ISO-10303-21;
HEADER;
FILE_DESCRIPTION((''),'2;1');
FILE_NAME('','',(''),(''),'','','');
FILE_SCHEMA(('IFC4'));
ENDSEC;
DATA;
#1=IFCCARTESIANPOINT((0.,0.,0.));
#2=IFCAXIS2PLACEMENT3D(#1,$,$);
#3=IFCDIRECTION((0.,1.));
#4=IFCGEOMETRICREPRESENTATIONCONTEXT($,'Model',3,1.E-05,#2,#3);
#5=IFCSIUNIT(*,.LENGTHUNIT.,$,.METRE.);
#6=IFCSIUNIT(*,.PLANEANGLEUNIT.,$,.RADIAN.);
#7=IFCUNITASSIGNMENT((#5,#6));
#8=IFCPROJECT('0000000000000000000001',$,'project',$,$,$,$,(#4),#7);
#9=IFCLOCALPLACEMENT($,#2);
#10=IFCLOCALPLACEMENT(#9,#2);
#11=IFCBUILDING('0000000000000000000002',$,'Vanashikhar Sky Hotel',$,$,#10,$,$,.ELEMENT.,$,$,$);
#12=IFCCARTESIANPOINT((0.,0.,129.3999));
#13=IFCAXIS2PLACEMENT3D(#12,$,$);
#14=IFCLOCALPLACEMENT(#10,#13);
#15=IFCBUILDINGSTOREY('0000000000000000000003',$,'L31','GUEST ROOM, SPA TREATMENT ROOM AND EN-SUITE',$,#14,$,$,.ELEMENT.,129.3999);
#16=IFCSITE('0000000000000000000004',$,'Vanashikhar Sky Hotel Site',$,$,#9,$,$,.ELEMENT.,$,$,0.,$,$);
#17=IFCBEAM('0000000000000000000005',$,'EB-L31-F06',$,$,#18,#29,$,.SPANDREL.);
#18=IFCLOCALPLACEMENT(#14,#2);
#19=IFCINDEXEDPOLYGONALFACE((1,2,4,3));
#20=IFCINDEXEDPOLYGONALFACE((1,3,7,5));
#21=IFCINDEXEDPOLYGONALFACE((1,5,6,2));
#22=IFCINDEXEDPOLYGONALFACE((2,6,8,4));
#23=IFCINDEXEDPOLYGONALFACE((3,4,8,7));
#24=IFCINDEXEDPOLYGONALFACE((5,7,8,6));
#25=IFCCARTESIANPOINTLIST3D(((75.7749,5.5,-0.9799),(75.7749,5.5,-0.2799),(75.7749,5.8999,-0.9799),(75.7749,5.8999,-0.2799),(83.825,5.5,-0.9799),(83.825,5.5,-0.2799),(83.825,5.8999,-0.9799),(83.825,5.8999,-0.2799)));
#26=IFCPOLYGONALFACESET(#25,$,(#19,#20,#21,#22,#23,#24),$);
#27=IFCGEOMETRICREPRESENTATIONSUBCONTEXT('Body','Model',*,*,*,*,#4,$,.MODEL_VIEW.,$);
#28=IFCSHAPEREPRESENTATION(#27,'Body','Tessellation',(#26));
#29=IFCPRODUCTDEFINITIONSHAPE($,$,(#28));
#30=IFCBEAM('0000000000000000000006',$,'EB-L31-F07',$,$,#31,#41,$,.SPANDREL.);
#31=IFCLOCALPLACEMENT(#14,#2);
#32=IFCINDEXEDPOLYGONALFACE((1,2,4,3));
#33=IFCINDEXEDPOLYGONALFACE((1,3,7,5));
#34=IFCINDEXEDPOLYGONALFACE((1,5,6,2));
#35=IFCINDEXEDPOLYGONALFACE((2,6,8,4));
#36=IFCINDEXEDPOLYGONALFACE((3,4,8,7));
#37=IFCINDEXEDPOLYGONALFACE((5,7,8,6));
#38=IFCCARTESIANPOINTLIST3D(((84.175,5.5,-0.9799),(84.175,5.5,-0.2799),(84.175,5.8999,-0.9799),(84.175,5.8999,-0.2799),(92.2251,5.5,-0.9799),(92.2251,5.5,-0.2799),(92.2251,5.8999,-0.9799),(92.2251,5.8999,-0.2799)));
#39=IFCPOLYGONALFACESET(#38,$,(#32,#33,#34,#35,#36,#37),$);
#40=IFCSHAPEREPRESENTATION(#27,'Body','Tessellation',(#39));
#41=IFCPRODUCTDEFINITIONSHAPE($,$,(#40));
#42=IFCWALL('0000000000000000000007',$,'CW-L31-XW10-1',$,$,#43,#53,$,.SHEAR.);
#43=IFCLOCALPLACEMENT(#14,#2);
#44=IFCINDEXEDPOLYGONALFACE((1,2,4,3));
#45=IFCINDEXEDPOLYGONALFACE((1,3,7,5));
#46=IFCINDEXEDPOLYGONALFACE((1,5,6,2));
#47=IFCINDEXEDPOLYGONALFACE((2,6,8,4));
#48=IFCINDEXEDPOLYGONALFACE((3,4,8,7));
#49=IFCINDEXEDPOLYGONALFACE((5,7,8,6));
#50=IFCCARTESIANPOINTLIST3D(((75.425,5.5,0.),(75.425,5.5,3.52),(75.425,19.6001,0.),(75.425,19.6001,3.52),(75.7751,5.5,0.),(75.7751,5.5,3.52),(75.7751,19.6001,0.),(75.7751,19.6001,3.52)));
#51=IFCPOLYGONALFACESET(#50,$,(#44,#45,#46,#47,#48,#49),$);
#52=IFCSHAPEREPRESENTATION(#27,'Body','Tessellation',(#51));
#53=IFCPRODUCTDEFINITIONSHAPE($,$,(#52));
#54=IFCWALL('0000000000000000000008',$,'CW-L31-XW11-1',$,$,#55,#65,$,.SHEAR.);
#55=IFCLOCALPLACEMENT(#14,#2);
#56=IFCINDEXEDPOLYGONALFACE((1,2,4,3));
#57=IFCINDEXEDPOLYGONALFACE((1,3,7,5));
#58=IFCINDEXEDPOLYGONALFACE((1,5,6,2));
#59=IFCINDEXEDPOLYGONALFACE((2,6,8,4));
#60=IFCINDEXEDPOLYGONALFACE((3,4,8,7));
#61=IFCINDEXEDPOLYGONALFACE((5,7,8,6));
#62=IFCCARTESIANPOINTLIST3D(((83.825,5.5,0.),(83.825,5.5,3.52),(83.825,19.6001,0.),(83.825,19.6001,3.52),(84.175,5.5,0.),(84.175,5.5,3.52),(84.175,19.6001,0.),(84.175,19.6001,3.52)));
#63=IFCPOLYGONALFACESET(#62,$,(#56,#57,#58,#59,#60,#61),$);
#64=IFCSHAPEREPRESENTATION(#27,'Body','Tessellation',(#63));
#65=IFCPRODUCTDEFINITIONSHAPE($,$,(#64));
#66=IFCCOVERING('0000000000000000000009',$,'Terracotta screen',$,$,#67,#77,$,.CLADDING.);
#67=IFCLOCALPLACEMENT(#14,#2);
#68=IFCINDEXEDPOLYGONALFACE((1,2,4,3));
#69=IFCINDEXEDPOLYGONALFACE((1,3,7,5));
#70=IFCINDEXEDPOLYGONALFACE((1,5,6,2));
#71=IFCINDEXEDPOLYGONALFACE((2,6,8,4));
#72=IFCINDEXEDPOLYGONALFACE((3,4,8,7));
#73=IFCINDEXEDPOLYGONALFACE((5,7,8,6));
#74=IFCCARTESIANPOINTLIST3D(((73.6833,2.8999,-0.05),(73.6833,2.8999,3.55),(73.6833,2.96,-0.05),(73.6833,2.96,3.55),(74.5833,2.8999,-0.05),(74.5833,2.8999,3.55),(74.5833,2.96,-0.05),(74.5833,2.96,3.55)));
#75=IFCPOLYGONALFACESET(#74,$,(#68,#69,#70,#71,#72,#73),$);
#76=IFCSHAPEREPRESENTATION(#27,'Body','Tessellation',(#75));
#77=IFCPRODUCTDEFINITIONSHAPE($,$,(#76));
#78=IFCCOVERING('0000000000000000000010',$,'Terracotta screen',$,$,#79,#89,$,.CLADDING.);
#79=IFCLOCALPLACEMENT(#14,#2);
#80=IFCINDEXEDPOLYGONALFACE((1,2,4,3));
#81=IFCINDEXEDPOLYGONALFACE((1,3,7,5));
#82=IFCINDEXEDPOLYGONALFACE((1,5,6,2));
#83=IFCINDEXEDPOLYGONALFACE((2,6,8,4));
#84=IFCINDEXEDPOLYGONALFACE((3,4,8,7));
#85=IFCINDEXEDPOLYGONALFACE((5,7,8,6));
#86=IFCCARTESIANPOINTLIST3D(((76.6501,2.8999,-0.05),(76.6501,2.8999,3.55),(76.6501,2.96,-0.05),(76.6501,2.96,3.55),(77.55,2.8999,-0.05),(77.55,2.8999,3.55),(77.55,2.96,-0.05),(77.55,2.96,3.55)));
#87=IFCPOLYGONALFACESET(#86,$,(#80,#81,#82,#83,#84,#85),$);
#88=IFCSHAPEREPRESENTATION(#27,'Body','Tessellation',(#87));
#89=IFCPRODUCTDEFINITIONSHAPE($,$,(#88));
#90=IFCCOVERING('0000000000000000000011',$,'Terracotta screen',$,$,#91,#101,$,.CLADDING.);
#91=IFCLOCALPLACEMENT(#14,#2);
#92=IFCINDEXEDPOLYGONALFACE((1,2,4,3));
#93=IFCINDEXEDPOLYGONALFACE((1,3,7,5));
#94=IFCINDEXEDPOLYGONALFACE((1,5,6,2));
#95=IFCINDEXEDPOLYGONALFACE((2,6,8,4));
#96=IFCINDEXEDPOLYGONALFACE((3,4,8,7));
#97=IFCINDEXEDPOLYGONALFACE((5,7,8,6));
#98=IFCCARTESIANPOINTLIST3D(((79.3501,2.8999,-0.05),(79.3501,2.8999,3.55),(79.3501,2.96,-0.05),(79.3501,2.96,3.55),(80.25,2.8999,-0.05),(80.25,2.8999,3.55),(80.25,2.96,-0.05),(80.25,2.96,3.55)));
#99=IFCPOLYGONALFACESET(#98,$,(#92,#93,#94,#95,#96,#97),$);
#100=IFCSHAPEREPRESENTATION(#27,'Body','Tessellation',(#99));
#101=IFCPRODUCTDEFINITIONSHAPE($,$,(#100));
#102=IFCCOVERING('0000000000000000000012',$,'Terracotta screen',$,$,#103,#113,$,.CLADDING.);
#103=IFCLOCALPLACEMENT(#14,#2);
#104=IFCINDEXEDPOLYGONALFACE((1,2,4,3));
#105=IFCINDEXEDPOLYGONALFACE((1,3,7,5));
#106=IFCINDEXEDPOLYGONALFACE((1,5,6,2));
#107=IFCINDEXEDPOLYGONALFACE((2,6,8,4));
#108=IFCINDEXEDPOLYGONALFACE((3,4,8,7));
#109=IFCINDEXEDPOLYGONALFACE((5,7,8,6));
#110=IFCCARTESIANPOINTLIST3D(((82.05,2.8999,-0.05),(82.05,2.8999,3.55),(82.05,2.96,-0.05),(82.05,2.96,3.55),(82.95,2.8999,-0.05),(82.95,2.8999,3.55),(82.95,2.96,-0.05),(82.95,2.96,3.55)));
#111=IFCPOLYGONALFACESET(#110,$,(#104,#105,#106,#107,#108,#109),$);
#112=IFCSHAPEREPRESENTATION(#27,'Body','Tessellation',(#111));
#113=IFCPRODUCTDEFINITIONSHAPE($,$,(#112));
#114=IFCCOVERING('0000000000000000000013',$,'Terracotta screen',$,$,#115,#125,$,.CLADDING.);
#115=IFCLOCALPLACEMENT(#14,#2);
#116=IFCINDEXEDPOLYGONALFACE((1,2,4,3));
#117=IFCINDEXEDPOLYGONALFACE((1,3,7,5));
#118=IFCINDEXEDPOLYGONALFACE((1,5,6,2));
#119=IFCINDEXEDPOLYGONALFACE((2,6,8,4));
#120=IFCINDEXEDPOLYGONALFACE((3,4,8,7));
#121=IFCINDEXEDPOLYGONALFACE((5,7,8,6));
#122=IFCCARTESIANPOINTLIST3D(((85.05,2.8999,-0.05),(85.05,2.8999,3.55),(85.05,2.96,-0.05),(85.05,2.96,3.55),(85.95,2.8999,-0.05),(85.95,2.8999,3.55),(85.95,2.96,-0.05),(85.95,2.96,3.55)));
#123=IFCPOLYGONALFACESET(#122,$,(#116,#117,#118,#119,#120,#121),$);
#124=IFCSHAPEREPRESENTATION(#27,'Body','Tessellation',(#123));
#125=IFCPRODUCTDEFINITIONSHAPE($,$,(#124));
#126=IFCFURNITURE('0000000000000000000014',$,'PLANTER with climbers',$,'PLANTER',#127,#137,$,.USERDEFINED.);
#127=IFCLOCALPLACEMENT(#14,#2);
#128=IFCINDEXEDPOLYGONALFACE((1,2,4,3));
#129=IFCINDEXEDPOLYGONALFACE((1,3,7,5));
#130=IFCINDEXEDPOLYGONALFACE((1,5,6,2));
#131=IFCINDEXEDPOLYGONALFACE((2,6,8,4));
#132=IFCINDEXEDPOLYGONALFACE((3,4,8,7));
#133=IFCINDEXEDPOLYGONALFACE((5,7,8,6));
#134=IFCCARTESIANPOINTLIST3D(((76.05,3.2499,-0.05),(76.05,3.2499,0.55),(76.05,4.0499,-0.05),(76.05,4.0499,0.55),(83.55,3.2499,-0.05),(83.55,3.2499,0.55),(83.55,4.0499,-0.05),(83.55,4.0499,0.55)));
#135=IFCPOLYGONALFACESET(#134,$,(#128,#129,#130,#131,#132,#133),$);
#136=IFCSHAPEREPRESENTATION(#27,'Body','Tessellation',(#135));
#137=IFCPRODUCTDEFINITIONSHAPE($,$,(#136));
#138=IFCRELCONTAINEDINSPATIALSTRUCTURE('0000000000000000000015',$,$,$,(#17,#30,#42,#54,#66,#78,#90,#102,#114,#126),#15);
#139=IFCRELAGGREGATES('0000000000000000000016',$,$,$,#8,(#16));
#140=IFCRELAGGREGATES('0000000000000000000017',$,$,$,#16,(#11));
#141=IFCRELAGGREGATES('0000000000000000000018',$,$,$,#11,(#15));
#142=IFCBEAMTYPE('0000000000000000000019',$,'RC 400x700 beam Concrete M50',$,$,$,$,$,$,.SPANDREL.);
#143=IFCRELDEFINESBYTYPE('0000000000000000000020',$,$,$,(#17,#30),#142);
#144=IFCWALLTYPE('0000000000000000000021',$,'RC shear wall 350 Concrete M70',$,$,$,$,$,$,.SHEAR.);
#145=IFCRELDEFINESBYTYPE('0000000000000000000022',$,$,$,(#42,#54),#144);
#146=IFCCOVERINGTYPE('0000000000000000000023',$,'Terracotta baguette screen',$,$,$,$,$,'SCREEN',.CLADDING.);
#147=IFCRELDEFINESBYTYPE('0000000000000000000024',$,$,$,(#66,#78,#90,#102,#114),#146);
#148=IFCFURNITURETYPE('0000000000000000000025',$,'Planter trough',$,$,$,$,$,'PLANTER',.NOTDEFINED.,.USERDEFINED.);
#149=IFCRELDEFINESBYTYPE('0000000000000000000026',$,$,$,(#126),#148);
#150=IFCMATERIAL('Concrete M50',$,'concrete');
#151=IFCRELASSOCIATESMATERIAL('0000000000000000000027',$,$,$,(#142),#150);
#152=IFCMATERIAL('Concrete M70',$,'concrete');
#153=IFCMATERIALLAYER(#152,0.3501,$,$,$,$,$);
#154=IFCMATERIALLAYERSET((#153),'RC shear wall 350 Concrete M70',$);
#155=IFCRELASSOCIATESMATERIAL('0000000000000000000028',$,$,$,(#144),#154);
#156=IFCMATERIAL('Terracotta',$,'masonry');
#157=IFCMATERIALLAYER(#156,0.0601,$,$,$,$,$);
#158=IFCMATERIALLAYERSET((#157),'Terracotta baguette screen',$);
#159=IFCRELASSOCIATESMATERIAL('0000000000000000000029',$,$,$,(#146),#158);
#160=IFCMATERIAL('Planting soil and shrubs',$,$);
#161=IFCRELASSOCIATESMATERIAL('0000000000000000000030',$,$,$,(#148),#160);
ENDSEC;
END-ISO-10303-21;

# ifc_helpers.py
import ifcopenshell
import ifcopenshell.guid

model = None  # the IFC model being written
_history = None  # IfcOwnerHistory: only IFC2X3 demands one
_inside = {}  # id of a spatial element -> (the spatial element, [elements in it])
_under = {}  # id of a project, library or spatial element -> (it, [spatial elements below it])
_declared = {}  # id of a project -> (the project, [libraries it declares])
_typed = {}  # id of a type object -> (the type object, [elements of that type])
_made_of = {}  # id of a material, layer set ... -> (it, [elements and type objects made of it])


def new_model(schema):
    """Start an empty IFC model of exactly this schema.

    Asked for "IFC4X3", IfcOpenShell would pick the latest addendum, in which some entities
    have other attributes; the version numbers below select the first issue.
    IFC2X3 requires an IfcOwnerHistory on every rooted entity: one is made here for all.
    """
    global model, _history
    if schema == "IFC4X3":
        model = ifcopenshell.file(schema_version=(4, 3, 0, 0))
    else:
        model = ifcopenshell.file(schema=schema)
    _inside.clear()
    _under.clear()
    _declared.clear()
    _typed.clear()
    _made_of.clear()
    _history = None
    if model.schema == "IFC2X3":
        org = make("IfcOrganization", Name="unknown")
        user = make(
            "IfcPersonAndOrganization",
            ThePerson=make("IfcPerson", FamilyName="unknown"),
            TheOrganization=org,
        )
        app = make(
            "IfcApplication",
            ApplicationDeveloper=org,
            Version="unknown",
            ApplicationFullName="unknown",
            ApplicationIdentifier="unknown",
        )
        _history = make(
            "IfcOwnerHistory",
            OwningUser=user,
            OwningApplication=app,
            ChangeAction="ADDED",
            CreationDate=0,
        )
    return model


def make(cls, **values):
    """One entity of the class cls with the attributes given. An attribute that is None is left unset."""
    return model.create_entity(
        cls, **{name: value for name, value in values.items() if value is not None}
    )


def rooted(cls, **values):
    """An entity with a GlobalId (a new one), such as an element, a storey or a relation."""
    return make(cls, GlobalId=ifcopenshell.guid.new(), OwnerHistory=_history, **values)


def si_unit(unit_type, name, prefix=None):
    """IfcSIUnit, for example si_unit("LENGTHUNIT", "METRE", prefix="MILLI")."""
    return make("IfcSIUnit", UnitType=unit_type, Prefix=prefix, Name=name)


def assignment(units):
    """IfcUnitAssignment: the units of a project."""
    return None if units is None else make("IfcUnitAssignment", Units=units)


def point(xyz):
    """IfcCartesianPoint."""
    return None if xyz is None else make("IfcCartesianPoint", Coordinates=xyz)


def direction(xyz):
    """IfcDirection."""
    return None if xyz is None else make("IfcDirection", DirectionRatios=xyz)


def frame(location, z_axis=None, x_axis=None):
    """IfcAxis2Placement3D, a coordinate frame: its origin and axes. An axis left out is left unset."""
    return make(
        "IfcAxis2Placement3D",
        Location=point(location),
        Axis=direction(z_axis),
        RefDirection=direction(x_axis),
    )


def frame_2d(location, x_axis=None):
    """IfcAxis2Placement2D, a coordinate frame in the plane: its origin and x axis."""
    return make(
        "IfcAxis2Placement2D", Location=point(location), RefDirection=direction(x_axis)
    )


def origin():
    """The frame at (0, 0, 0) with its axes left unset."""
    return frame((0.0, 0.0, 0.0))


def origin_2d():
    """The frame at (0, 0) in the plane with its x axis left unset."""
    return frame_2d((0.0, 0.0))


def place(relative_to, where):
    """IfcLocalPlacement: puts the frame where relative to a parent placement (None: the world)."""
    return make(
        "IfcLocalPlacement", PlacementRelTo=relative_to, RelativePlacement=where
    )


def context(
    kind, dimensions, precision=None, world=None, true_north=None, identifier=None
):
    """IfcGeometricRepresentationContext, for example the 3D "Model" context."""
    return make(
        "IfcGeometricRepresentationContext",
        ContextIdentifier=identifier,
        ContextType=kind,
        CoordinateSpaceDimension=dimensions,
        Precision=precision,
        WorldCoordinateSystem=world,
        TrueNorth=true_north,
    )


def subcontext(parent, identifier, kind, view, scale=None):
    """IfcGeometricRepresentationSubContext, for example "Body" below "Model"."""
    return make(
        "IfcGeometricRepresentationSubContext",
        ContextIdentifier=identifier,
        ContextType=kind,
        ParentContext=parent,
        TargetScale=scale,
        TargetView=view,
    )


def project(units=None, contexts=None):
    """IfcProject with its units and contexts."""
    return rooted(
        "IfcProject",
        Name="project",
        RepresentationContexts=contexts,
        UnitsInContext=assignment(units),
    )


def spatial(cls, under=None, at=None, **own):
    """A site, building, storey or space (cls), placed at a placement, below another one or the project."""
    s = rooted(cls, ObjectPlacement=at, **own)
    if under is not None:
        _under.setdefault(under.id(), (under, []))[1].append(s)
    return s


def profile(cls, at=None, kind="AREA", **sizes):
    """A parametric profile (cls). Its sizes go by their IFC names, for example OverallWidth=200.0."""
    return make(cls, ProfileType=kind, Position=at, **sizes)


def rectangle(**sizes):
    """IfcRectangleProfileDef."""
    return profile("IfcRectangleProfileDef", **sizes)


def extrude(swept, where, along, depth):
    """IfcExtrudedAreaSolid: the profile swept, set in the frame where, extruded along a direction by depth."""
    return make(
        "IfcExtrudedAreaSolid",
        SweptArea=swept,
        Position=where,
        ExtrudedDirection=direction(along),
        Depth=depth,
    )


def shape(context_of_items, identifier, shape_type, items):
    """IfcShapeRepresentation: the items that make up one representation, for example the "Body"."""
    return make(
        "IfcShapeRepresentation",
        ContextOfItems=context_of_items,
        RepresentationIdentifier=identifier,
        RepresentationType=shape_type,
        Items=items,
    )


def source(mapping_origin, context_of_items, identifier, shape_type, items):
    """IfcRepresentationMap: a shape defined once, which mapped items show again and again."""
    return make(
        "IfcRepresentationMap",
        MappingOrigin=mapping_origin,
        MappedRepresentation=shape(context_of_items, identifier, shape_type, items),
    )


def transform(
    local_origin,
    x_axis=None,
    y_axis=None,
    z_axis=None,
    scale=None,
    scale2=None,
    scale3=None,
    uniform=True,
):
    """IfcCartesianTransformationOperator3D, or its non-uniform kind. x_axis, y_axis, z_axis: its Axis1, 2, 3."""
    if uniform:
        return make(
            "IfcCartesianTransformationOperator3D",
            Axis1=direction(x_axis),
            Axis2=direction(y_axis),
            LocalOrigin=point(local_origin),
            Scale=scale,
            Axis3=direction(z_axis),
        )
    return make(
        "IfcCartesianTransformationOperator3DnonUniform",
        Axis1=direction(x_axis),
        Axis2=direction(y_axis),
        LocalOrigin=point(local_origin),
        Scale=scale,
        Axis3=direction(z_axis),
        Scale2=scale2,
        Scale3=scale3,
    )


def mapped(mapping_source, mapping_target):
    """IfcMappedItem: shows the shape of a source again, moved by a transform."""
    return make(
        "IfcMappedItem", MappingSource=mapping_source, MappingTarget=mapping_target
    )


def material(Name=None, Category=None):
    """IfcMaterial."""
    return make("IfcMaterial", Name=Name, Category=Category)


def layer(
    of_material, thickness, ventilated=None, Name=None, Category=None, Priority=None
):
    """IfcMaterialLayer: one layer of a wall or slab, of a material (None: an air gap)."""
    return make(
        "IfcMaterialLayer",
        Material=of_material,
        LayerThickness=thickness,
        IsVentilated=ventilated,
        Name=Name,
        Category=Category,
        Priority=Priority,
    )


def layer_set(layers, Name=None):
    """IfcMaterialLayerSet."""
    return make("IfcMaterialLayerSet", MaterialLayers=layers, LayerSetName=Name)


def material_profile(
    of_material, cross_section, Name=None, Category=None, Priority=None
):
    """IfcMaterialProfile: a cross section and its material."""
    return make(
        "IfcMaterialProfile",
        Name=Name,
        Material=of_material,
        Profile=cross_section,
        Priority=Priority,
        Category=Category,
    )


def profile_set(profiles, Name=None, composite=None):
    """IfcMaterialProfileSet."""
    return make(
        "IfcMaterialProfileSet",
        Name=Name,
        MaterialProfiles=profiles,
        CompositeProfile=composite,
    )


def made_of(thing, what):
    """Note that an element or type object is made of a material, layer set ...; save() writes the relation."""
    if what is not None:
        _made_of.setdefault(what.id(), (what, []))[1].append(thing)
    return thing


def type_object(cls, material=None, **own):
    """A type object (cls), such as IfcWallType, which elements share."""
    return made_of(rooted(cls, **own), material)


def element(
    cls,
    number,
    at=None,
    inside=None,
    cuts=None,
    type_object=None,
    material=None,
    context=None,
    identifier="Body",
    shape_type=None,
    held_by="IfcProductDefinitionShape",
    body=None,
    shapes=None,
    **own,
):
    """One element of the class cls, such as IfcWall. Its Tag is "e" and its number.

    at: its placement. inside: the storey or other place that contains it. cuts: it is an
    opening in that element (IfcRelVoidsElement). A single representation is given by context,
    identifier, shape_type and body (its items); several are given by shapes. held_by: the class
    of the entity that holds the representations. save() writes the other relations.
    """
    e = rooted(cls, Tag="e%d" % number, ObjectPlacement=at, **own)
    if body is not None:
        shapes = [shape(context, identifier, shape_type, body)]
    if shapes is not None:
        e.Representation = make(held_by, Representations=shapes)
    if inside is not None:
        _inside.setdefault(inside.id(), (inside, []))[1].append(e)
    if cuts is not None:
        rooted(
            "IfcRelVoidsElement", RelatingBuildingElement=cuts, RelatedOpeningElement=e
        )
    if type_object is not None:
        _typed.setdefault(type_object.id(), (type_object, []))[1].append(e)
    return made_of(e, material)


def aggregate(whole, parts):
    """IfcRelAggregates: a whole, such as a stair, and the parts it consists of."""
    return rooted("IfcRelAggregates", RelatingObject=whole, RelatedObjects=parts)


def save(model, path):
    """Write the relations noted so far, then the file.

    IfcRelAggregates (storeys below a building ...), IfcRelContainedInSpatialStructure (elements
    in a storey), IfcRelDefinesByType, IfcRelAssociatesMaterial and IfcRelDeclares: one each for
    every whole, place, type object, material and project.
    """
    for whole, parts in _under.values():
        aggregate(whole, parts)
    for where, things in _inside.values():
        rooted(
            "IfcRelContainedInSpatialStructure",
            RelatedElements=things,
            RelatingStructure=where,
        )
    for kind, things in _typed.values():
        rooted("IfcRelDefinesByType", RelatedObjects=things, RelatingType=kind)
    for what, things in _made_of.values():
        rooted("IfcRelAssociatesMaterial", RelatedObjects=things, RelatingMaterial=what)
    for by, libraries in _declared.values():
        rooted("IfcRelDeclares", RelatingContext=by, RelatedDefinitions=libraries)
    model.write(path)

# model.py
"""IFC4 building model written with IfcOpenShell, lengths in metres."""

from ifc_helpers import new_model, si_unit, direction, frame, frame_2d, origin, origin_2d, place, context, subcontext, project, spatial, rectangle, extrude, source, transform, mapped, material, layer, layer_set, material_profile, profile_set, type_object, element, save


model = new_model("IFC4")

# Units and contexts
model_context = context("Model", 3, precision=1e-05, world=origin(), true_north=direction((0.0, 1.0)))
body_context = subcontext(model_context, "Body", "Model", "MODEL_VIEW")
ifc_project = project(units=[si_unit("LENGTHUNIT", "METRE"), si_unit("PLANEANGLEUNIT", "RADIAN")], contexts=[model_context])

# Site, building, storey
site_placement = place(None, origin())
site = spatial("IfcSite", under=ifc_project, at=site_placement, Name="Vanashikhar Sky Hotel Site", CompositionType="ELEMENT", RefElevation=0.0)
building_placement = place(site_placement, origin())
building = spatial("IfcBuilding", under=site, at=building_placement, Name="Vanashikhar Sky Hotel", CompositionType="ELEMENT")
storey_placement = place(building_placement, frame((0.0, 0.0, 129.3999)))
storey = spatial("IfcBuildingStorey", under=building, at=storey_placement, Name="L31", Description="GUEST ROOM, SPA TREATMENT ROOM AND EN-SUITE", CompositionType="ELEMENT", Elevation=129.3999)

# Beams
ifc_material_1 = material(Name="Concrete M50", Category="concrete")
ifc_material_profile = material_profile(ifc_material_1, rectangle(XDim=0.3999, YDim=0.7, at=origin_2d()))
ifc_profile_set = profile_set([ifc_material_profile], Name="RC 400x700 beam Concrete M50")
beam_type = type_object("IfcBeamType", Name="RC 400x700 beam Concrete M50", PredefinedType="SPANDREL", material=ifc_profile_set)
shared_shape_1 = source(origin(), body_context, "Body", "SweptSolid", [
    extrude(rectangle(XDim=0.3999, YDim=0.7, at=origin_2d()), origin(), (0.0, 0.0, 1.0), 8.05),
])
for number, where, z_axis, x_axis, name in (
    (1, (75.7749, 5.7, -0.6299), (1.0, 0.0, 0.0), (0.0, 1.0, 0.0), "EB-L31-F06"),
    (2, (84.175, 5.7, -0.6299), (1.0, 0.0, 0.0), (0.0, 1.0, 0.0), "EB-L31-F07"),
):
    element("IfcBeam", number, at=place(storey_placement, frame(where, z_axis=z_axis, x_axis=x_axis)), inside=storey, type_object=beam_type, Name=name, PredefinedType="SPANDREL", context=body_context, shape_type="MappedRepresentation", body=[
        mapped(shared_shape_1, transform((0.0, 0.0, 0.0), scale=1.0)),
    ])

# Walls
ifc_material_2 = material(Name="Concrete M70", Category="concrete")
ifc_layer_1 = layer(ifc_material_2, 0.3501)
ifc_layer_set_1 = layer_set([ifc_layer_1], Name="RC shear wall 350 Concrete M70")
wall_type_1 = type_object("IfcWallType", Name="RC shear wall 350 Concrete M70", PredefinedType="SHEAR", material=ifc_layer_set_1)
shared_shape_2 = source(origin(), body_context, "Body", "SweptSolid", [
    extrude(rectangle(XDim=14.1001, YDim=0.3501, at=frame_2d((7.05, 0.0))), origin(), (0.0, 0.0, 1.0), 3.52),
])
for number, where, z_axis, x_axis, name in (
    (3, (75.6001, 5.5, 0.0), (0.0, 0.0, 1.0), (0.0, 1.0, 0.0), "CW-L31-XW10-1"),
    (4, (84.0, 5.5, 0.0), (0.0, 0.0, 1.0), (0.0, 1.0, 0.0), "CW-L31-XW11-1"),
):
    element("IfcWall", number, at=place(storey_placement, frame(where, z_axis=z_axis, x_axis=x_axis)), inside=storey, type_object=wall_type_1, Name=name, PredefinedType="SHEAR", context=body_context, shape_type="MappedRepresentation", body=[
        mapped(shared_shape_2, transform((0.0, 0.0, 0.0), scale=1.0)),
    ])

# Coverings
ifc_material_3 = material(Name="Terracotta", Category="masonry")
ifc_layer_2 = layer(ifc_material_3, 0.0601)
ifc_layer_set_2 = layer_set([ifc_layer_2], Name="Terracotta baguette screen")
covering_type = type_object("IfcCoveringType", Name="Terracotta baguette screen", ElementType="SCREEN", PredefinedType="CLADDING", material=ifc_layer_set_2)
shared_shape_3 = source(origin(), body_context, "Body", "SweptSolid", [
    extrude(rectangle(XDim=0.8999, YDim=0.0601, at=origin_2d()), origin(), (0.0, 0.0, 1.0), 3.6001),
])
for number, where, z_axis, x_axis, name in (
    (5, (74.1333, 2.9299, -0.05), (0.0, 0.0, 1.0), (1.0, 0.0, 0.0), "Terracotta screen"),
    (6, (77.1001, 2.9299, -0.05), (0.0, 0.0, 1.0), (1.0, 0.0, 0.0), "Terracotta screen"),
    (7, (79.8, 2.9299, -0.05), (0.0, 0.0, 1.0), (1.0, 0.0, 0.0), "Terracotta screen"),
    (8, (82.5, 2.9299, -0.05), (0.0, 0.0, 1.0), (1.0, 0.0, 0.0), "Terracotta screen"),
    (9, (85.5, 2.9299, -0.05), (0.0, 0.0, 1.0), (1.0, 0.0, 0.0), "Terracotta screen"),
):
    element("IfcCovering", number, at=place(storey_placement, frame(where, z_axis=z_axis, x_axis=x_axis)), inside=storey, type_object=covering_type, Name=name, PredefinedType="CLADDING", context=body_context, shape_type="MappedRepresentation", body=[
        mapped(shared_shape_3, transform((0.0, 0.0, 0.0), scale=1.0)),
    ])

# Furniture
ifc_material_4 = material(Name="Planting soil and shrubs")
furniture_type = type_object("IfcFurnitureType", Name="Planter trough", ElementType="PLANTER", AssemblyPlace="NOTDEFINED", PredefinedType="USERDEFINED", material=ifc_material_4)
shared_shape_4 = source(origin(), body_context, "Body", "SweptSolid", [
    extrude(rectangle(XDim=7.5, YDim=0.8, at=origin_2d()), origin(), (0.0, 0.0, 1.0), 0.6001),
])
furniture_placement = place(storey_placement, frame((79.8, 3.6499, -0.05), z_axis=(0.0, 0.0, 1.0), x_axis=(1.0, 0.0, 0.0)))
element("IfcFurniture", 10, at=furniture_placement, inside=storey, type_object=furniture_type, Name="PLANTER with climbers", ObjectType="PLANTER", PredefinedType="USERDEFINED", context=body_context, shape_type="MappedRepresentation", body=[
    mapped(shared_shape_4, transform((0.0, 0.0, 0.0), scale=1.0)),
])

save(model, "model.ifc")
